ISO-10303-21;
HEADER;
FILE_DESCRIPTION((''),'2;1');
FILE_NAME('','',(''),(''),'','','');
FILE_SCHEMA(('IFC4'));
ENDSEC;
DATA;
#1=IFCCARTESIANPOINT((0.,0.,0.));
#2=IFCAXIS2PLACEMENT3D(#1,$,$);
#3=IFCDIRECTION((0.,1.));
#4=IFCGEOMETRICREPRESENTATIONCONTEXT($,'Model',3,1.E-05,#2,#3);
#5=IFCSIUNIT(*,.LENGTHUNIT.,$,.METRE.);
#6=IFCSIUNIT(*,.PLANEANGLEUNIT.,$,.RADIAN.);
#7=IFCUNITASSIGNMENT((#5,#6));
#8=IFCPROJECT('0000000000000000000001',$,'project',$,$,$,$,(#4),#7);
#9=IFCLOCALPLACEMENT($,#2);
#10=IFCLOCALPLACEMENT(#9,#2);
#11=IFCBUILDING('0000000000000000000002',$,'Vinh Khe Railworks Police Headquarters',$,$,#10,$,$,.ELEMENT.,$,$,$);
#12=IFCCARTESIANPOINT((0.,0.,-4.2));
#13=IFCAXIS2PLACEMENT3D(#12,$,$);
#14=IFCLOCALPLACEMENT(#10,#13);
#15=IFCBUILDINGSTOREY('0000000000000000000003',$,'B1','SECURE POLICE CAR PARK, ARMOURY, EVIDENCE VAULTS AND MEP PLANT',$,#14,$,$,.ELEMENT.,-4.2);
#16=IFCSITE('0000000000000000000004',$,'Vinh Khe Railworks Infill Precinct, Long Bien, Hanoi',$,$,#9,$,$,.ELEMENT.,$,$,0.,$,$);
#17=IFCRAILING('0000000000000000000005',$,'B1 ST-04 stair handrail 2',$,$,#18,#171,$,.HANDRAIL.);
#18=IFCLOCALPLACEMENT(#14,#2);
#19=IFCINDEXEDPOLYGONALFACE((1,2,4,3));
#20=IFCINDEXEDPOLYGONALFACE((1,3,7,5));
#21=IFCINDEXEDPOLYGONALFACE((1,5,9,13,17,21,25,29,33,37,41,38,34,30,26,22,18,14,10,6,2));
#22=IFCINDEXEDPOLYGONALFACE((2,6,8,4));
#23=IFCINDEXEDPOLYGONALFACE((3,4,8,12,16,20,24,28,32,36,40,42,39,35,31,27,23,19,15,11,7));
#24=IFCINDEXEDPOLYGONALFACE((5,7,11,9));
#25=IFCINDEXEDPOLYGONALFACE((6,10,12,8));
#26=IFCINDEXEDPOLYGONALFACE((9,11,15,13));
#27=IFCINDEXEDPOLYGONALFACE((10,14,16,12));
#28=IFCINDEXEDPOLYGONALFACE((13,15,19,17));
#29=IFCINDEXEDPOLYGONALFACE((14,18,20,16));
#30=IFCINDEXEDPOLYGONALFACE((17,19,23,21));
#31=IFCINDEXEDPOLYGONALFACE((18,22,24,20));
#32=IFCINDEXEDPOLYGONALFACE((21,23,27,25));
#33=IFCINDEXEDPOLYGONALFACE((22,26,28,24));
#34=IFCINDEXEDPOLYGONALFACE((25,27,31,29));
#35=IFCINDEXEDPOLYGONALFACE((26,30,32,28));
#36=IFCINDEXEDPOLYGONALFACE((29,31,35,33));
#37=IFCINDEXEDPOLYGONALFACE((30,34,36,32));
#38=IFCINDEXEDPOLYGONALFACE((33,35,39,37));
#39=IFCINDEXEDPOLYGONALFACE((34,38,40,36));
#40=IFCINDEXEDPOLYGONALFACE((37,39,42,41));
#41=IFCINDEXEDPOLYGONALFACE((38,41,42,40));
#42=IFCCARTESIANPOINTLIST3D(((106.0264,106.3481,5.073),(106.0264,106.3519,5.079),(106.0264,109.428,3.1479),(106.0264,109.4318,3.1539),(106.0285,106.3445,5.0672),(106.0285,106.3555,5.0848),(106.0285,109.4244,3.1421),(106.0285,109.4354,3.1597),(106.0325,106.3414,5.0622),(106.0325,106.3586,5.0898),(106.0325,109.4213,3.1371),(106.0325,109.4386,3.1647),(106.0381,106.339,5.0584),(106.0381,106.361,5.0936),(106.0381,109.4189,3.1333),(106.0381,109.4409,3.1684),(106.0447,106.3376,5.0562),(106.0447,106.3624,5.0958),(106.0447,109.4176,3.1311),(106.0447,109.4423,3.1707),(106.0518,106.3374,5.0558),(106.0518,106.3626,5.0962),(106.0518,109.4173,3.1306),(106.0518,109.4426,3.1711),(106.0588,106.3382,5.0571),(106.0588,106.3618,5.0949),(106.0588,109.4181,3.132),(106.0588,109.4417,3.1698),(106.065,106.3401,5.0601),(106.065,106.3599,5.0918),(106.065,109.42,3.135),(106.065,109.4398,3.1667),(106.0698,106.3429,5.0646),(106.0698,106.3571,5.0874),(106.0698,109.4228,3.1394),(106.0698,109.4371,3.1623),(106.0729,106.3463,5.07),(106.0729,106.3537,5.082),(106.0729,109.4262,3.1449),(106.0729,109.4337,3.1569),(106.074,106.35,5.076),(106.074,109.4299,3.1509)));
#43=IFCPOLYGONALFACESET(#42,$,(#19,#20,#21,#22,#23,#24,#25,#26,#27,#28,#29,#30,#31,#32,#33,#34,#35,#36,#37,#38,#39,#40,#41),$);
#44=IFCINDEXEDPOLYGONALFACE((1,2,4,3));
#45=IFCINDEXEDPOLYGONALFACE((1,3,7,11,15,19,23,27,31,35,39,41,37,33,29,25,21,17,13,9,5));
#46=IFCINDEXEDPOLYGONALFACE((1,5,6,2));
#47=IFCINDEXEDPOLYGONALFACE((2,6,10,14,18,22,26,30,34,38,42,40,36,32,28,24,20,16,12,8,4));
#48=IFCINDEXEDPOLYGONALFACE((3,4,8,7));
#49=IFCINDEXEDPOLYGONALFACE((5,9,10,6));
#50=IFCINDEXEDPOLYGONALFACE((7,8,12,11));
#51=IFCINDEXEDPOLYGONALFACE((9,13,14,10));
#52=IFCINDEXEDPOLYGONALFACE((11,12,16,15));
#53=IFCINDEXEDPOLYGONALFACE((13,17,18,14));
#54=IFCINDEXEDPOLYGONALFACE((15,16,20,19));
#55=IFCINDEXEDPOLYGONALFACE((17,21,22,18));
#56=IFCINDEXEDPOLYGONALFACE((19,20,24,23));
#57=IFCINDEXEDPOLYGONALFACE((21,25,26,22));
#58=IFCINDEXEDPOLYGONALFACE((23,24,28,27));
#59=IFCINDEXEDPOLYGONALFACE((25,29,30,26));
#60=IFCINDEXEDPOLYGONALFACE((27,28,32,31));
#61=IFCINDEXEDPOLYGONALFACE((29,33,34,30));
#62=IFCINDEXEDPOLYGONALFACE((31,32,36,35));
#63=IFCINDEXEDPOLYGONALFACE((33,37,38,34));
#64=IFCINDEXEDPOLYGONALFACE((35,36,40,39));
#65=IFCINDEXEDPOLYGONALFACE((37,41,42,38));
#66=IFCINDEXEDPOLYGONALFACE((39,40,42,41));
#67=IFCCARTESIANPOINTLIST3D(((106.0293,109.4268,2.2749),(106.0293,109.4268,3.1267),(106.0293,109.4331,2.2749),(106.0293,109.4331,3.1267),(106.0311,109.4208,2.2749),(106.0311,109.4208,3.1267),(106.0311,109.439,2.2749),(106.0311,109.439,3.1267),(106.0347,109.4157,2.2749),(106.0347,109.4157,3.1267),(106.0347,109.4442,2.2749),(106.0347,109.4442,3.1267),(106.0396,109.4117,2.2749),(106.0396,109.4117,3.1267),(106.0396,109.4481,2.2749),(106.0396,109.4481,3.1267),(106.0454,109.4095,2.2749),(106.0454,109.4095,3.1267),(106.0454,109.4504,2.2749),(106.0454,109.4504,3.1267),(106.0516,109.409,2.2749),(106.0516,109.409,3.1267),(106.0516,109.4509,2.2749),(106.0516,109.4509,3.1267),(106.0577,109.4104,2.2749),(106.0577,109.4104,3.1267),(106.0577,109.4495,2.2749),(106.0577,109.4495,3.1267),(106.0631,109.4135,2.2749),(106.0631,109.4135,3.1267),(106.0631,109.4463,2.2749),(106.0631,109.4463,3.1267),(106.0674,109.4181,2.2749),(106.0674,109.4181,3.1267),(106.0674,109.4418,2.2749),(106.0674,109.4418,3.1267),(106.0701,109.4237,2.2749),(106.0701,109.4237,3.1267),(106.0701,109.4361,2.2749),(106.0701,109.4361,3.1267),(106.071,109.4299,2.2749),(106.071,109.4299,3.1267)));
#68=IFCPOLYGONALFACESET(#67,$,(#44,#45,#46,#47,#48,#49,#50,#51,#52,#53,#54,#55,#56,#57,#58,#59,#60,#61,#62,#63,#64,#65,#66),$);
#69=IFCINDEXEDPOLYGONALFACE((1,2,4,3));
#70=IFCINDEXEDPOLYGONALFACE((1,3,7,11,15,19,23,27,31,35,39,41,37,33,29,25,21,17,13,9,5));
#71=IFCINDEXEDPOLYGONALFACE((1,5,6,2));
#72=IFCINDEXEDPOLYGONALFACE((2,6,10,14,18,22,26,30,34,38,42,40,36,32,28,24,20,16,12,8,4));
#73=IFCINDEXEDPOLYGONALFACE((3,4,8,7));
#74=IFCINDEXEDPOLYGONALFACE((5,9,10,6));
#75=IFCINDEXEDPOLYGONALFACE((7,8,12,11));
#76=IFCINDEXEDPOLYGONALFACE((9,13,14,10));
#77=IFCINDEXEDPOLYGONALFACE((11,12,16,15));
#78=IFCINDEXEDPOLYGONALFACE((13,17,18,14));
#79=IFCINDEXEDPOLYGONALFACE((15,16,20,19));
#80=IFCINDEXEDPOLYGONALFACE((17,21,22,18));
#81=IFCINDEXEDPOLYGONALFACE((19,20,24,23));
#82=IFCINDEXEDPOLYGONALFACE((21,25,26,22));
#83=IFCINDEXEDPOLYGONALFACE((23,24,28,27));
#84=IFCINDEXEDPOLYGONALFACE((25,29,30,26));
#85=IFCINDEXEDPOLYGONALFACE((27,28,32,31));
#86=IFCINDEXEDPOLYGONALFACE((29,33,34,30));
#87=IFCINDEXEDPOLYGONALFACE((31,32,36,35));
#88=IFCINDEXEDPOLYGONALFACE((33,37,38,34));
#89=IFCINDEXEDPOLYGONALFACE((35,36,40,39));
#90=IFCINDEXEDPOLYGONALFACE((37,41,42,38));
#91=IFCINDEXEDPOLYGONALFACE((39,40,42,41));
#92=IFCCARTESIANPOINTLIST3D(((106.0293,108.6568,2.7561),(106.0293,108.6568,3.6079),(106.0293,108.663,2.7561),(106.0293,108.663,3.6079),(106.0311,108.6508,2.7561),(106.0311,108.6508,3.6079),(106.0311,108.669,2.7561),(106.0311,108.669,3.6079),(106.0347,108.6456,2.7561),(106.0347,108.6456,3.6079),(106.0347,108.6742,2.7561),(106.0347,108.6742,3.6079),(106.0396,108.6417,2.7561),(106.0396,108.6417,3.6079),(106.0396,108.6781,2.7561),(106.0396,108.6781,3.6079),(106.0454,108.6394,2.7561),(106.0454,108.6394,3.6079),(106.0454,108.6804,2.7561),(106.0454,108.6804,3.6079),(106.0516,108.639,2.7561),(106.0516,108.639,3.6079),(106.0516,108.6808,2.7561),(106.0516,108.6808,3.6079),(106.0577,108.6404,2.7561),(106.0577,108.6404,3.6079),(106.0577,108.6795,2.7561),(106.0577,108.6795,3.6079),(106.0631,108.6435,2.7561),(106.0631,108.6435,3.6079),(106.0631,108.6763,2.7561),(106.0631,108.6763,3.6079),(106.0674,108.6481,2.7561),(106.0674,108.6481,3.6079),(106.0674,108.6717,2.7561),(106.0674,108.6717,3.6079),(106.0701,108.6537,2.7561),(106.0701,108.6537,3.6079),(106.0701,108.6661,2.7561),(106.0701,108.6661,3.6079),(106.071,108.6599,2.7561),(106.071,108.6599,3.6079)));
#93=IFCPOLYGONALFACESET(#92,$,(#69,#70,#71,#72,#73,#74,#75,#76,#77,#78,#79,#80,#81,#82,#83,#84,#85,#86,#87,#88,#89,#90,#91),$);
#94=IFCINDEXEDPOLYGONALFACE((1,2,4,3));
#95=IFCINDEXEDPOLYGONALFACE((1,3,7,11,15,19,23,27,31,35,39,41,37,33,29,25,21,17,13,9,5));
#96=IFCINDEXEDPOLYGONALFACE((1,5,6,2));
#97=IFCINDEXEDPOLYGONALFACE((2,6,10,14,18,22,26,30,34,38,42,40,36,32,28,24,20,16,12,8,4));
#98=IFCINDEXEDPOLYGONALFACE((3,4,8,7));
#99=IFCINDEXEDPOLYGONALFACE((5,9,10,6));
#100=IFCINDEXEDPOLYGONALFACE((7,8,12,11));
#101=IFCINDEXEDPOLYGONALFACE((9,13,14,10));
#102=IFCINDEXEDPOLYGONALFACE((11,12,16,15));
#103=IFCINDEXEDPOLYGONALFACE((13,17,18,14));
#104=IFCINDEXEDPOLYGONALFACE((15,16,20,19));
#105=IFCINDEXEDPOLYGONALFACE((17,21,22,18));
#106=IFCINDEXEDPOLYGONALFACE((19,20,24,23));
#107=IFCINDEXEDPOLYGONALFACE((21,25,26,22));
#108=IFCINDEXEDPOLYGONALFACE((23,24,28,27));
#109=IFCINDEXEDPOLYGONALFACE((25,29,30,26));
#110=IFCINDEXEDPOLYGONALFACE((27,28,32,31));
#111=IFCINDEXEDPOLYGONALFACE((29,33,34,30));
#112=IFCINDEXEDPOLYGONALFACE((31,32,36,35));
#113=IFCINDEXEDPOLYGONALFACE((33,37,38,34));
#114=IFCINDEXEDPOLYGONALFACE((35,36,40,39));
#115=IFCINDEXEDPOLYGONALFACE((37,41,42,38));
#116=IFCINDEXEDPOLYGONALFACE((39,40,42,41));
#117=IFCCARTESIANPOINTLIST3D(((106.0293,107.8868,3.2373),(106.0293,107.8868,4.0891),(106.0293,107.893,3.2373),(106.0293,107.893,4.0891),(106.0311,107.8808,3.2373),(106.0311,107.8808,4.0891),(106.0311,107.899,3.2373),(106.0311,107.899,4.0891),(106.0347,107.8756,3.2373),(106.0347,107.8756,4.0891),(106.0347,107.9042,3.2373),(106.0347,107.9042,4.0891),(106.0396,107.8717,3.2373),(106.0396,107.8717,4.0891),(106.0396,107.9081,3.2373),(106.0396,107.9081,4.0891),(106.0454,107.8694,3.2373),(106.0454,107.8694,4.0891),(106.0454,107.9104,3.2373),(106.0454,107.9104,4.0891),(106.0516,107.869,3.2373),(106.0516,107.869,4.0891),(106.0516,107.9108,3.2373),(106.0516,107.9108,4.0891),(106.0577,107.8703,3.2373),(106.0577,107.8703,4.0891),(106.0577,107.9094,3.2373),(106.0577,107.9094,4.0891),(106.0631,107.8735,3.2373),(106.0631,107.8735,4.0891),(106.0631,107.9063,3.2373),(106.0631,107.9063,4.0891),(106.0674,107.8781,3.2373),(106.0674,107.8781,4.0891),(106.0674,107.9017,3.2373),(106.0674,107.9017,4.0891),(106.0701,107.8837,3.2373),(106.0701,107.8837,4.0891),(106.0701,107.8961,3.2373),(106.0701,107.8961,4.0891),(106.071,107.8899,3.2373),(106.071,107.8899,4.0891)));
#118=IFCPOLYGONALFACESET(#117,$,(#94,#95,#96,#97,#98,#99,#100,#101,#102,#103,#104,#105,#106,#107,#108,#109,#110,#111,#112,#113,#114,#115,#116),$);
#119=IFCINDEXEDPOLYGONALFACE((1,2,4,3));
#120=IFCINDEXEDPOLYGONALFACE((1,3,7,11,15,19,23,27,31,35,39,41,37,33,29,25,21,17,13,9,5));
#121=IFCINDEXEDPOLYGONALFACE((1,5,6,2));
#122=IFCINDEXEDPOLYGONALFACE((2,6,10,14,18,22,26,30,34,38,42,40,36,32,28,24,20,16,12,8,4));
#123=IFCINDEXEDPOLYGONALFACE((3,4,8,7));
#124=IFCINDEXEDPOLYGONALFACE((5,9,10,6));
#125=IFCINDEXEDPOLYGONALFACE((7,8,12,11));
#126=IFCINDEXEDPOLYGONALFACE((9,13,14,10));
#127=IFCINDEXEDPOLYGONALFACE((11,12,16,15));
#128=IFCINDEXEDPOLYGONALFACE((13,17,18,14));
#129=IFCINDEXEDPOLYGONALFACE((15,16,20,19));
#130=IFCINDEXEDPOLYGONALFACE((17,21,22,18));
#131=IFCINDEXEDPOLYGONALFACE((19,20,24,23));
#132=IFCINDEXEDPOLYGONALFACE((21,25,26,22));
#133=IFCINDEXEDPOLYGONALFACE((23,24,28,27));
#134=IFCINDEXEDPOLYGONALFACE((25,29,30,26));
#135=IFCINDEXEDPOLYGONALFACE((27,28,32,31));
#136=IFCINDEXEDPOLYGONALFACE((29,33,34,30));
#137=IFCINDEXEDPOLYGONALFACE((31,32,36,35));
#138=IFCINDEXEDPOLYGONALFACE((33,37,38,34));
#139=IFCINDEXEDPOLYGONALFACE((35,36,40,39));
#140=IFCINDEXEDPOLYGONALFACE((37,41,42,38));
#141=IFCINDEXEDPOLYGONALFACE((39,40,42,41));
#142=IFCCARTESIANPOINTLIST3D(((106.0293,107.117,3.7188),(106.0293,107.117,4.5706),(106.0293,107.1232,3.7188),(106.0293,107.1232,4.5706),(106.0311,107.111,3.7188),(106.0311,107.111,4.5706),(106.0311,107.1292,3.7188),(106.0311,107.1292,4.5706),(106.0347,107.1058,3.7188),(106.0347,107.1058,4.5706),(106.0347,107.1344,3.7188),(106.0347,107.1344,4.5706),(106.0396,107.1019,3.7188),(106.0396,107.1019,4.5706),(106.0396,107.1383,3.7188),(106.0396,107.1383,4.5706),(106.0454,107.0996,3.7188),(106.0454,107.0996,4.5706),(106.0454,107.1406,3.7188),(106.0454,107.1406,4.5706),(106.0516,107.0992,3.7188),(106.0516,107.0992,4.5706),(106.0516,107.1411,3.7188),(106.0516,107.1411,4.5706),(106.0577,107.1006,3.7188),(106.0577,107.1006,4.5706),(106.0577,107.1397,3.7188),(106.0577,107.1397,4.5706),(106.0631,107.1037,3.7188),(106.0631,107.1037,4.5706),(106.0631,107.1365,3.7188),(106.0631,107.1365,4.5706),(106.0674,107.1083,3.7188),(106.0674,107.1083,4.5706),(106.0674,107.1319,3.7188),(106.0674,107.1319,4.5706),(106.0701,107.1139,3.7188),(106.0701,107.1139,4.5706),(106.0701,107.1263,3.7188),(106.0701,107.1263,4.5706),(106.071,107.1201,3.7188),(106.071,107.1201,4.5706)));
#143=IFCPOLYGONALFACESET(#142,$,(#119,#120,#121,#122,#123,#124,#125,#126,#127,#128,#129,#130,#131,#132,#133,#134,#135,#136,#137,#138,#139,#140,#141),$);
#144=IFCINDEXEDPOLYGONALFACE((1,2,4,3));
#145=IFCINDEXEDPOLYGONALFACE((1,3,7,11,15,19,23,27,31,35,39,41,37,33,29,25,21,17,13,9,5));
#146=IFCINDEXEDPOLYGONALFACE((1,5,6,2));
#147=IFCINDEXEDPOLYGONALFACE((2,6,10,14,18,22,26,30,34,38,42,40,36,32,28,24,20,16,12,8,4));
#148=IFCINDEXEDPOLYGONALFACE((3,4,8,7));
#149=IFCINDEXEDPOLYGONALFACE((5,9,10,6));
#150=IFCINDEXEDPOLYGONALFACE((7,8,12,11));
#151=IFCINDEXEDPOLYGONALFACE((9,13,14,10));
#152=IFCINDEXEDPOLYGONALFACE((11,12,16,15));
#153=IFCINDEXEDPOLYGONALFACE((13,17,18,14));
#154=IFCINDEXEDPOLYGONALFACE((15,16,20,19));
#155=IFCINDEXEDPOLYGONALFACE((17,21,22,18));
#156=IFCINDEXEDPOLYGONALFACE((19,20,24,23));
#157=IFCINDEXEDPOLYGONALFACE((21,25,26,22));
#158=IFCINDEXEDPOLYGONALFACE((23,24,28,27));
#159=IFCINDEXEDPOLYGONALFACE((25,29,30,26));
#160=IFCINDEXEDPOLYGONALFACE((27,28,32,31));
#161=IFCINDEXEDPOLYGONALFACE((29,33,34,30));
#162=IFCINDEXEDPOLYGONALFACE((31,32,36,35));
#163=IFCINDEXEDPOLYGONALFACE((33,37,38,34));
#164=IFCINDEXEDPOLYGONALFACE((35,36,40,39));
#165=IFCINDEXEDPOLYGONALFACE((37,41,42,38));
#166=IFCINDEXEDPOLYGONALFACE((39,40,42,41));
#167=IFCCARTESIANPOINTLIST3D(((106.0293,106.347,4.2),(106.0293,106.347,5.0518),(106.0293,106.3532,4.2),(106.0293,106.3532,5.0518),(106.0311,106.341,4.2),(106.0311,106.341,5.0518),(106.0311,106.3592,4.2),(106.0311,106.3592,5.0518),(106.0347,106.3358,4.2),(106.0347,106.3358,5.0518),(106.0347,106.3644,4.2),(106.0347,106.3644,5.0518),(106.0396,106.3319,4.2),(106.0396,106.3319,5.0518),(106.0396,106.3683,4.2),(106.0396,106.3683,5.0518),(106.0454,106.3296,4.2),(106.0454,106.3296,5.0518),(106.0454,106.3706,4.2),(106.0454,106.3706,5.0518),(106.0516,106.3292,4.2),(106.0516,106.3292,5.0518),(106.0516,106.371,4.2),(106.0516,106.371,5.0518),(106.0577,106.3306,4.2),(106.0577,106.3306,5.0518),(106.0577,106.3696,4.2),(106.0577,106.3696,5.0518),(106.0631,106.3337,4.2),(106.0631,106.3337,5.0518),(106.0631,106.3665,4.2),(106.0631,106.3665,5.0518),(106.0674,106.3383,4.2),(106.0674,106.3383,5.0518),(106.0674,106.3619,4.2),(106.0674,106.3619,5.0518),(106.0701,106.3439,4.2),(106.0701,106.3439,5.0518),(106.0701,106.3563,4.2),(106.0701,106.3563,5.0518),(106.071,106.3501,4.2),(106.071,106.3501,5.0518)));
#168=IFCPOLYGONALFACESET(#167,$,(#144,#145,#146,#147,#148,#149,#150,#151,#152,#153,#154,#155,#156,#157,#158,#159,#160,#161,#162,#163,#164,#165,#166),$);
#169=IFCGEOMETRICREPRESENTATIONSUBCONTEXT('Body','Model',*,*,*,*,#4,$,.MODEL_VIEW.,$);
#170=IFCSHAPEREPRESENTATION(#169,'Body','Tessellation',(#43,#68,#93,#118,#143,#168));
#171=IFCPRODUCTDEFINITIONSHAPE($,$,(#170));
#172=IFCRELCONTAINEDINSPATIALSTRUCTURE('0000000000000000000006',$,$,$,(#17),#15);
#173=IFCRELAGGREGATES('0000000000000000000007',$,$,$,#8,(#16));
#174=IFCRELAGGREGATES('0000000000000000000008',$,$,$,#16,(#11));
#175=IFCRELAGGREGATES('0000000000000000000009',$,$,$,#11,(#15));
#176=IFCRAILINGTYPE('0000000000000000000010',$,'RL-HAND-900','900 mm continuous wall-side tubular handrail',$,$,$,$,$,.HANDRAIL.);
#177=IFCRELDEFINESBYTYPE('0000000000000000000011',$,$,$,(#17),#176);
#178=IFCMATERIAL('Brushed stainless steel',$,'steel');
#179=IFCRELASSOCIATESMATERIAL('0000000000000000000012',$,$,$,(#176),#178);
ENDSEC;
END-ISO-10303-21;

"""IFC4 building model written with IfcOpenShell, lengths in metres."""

from ifc_helpers import new_model, si_unit, direction, frame, origin, origin_2d, place, context, subcontext, project, spatial, circle, extrude, material, type_object, element, save


model = new_model("IFC4")

# Units and contexts
model_context = context("Model", 3, precision=1e-05, world=origin(), true_north=direction((0.0, 1.0)))
body_context = subcontext(model_context, "Body", "Model", "MODEL_VIEW")
ifc_project = project(units=[si_unit("LENGTHUNIT", "METRE"), si_unit("PLANEANGLEUNIT", "RADIAN")], contexts=[model_context])

# Site, building, storey
site_placement = place(None, origin())
site = spatial("IfcSite", under=ifc_project, at=site_placement, Name="Vinh Khe Railworks Infill Precinct, Long Bien, Hanoi", CompositionType="ELEMENT", RefElevation=0.0)
building_placement = place(site_placement, origin())
building = spatial("IfcBuilding", under=site, at=building_placement, Name="Vinh Khe Railworks Police Headquarters", CompositionType="ELEMENT")
storey_placement = place(building_placement, frame((0.0, 0.0, -4.2)))
storey = spatial("IfcBuildingStorey", under=building, at=storey_placement, Name="B1", Description="SECURE POLICE CAR PARK, ARMOURY, EVIDENCE VAULTS AND MEP PLANT", CompositionType="ELEMENT", Elevation=-4.2)

# Railing
ifc_material_1 = material(Name="Brushed stainless steel", Category="steel")
railing_type_1 = type_object("IfcRailingType", Name="RL-HAND-900", Description="900 mm continuous wall-side tubular handrail", PredefinedType="HANDRAIL", material=ifc_material_1)
railing_1_placement = place(storey_placement, frame((106.05, 109.4299, 2.2749)))
element("IfcRailing", 1, at=railing_1_placement, inside=storey, type_object=railing_type_1, Name="B1 ST-04 stair handrail 2", PredefinedType="HANDRAIL", context=body_context, shape_type="SweptSolid", body=[
    extrude(circle(Radius=0.0239, at=origin_2d()), frame((0.0, 0.0, 0.876), z_axis=(0.0, -0.847979, 0.530029), x_axis=(1.0, 0.0, 0.0)), (0.0, 0.0, 1.0), 3.6321),
    extrude(circle(Radius=0.021, at=origin_2d()), origin(), (0.0, 0.0, 1.0), 0.8518),
    extrude(circle(Radius=0.021, at=origin_2d()), frame((0.0, -0.77, 0.4812)), (0.0, 0.0, 1.0), 0.8518),
    extrude(circle(Radius=0.021, at=origin_2d()), frame((0.0, -1.54, 0.9624)), (0.0, 0.0, 1.0), 0.8518),
    extrude(circle(Radius=0.021, at=origin_2d()), frame((0.0, -2.3098, 1.4438)), (0.0, 0.0, 1.0), 0.8518),
    extrude(circle(Radius=0.021, at=origin_2d()), frame((0.0, -3.0798, 1.925)), (0.0, 0.0, 1.0), 0.8518),
])

save(model, "model.ifc")
